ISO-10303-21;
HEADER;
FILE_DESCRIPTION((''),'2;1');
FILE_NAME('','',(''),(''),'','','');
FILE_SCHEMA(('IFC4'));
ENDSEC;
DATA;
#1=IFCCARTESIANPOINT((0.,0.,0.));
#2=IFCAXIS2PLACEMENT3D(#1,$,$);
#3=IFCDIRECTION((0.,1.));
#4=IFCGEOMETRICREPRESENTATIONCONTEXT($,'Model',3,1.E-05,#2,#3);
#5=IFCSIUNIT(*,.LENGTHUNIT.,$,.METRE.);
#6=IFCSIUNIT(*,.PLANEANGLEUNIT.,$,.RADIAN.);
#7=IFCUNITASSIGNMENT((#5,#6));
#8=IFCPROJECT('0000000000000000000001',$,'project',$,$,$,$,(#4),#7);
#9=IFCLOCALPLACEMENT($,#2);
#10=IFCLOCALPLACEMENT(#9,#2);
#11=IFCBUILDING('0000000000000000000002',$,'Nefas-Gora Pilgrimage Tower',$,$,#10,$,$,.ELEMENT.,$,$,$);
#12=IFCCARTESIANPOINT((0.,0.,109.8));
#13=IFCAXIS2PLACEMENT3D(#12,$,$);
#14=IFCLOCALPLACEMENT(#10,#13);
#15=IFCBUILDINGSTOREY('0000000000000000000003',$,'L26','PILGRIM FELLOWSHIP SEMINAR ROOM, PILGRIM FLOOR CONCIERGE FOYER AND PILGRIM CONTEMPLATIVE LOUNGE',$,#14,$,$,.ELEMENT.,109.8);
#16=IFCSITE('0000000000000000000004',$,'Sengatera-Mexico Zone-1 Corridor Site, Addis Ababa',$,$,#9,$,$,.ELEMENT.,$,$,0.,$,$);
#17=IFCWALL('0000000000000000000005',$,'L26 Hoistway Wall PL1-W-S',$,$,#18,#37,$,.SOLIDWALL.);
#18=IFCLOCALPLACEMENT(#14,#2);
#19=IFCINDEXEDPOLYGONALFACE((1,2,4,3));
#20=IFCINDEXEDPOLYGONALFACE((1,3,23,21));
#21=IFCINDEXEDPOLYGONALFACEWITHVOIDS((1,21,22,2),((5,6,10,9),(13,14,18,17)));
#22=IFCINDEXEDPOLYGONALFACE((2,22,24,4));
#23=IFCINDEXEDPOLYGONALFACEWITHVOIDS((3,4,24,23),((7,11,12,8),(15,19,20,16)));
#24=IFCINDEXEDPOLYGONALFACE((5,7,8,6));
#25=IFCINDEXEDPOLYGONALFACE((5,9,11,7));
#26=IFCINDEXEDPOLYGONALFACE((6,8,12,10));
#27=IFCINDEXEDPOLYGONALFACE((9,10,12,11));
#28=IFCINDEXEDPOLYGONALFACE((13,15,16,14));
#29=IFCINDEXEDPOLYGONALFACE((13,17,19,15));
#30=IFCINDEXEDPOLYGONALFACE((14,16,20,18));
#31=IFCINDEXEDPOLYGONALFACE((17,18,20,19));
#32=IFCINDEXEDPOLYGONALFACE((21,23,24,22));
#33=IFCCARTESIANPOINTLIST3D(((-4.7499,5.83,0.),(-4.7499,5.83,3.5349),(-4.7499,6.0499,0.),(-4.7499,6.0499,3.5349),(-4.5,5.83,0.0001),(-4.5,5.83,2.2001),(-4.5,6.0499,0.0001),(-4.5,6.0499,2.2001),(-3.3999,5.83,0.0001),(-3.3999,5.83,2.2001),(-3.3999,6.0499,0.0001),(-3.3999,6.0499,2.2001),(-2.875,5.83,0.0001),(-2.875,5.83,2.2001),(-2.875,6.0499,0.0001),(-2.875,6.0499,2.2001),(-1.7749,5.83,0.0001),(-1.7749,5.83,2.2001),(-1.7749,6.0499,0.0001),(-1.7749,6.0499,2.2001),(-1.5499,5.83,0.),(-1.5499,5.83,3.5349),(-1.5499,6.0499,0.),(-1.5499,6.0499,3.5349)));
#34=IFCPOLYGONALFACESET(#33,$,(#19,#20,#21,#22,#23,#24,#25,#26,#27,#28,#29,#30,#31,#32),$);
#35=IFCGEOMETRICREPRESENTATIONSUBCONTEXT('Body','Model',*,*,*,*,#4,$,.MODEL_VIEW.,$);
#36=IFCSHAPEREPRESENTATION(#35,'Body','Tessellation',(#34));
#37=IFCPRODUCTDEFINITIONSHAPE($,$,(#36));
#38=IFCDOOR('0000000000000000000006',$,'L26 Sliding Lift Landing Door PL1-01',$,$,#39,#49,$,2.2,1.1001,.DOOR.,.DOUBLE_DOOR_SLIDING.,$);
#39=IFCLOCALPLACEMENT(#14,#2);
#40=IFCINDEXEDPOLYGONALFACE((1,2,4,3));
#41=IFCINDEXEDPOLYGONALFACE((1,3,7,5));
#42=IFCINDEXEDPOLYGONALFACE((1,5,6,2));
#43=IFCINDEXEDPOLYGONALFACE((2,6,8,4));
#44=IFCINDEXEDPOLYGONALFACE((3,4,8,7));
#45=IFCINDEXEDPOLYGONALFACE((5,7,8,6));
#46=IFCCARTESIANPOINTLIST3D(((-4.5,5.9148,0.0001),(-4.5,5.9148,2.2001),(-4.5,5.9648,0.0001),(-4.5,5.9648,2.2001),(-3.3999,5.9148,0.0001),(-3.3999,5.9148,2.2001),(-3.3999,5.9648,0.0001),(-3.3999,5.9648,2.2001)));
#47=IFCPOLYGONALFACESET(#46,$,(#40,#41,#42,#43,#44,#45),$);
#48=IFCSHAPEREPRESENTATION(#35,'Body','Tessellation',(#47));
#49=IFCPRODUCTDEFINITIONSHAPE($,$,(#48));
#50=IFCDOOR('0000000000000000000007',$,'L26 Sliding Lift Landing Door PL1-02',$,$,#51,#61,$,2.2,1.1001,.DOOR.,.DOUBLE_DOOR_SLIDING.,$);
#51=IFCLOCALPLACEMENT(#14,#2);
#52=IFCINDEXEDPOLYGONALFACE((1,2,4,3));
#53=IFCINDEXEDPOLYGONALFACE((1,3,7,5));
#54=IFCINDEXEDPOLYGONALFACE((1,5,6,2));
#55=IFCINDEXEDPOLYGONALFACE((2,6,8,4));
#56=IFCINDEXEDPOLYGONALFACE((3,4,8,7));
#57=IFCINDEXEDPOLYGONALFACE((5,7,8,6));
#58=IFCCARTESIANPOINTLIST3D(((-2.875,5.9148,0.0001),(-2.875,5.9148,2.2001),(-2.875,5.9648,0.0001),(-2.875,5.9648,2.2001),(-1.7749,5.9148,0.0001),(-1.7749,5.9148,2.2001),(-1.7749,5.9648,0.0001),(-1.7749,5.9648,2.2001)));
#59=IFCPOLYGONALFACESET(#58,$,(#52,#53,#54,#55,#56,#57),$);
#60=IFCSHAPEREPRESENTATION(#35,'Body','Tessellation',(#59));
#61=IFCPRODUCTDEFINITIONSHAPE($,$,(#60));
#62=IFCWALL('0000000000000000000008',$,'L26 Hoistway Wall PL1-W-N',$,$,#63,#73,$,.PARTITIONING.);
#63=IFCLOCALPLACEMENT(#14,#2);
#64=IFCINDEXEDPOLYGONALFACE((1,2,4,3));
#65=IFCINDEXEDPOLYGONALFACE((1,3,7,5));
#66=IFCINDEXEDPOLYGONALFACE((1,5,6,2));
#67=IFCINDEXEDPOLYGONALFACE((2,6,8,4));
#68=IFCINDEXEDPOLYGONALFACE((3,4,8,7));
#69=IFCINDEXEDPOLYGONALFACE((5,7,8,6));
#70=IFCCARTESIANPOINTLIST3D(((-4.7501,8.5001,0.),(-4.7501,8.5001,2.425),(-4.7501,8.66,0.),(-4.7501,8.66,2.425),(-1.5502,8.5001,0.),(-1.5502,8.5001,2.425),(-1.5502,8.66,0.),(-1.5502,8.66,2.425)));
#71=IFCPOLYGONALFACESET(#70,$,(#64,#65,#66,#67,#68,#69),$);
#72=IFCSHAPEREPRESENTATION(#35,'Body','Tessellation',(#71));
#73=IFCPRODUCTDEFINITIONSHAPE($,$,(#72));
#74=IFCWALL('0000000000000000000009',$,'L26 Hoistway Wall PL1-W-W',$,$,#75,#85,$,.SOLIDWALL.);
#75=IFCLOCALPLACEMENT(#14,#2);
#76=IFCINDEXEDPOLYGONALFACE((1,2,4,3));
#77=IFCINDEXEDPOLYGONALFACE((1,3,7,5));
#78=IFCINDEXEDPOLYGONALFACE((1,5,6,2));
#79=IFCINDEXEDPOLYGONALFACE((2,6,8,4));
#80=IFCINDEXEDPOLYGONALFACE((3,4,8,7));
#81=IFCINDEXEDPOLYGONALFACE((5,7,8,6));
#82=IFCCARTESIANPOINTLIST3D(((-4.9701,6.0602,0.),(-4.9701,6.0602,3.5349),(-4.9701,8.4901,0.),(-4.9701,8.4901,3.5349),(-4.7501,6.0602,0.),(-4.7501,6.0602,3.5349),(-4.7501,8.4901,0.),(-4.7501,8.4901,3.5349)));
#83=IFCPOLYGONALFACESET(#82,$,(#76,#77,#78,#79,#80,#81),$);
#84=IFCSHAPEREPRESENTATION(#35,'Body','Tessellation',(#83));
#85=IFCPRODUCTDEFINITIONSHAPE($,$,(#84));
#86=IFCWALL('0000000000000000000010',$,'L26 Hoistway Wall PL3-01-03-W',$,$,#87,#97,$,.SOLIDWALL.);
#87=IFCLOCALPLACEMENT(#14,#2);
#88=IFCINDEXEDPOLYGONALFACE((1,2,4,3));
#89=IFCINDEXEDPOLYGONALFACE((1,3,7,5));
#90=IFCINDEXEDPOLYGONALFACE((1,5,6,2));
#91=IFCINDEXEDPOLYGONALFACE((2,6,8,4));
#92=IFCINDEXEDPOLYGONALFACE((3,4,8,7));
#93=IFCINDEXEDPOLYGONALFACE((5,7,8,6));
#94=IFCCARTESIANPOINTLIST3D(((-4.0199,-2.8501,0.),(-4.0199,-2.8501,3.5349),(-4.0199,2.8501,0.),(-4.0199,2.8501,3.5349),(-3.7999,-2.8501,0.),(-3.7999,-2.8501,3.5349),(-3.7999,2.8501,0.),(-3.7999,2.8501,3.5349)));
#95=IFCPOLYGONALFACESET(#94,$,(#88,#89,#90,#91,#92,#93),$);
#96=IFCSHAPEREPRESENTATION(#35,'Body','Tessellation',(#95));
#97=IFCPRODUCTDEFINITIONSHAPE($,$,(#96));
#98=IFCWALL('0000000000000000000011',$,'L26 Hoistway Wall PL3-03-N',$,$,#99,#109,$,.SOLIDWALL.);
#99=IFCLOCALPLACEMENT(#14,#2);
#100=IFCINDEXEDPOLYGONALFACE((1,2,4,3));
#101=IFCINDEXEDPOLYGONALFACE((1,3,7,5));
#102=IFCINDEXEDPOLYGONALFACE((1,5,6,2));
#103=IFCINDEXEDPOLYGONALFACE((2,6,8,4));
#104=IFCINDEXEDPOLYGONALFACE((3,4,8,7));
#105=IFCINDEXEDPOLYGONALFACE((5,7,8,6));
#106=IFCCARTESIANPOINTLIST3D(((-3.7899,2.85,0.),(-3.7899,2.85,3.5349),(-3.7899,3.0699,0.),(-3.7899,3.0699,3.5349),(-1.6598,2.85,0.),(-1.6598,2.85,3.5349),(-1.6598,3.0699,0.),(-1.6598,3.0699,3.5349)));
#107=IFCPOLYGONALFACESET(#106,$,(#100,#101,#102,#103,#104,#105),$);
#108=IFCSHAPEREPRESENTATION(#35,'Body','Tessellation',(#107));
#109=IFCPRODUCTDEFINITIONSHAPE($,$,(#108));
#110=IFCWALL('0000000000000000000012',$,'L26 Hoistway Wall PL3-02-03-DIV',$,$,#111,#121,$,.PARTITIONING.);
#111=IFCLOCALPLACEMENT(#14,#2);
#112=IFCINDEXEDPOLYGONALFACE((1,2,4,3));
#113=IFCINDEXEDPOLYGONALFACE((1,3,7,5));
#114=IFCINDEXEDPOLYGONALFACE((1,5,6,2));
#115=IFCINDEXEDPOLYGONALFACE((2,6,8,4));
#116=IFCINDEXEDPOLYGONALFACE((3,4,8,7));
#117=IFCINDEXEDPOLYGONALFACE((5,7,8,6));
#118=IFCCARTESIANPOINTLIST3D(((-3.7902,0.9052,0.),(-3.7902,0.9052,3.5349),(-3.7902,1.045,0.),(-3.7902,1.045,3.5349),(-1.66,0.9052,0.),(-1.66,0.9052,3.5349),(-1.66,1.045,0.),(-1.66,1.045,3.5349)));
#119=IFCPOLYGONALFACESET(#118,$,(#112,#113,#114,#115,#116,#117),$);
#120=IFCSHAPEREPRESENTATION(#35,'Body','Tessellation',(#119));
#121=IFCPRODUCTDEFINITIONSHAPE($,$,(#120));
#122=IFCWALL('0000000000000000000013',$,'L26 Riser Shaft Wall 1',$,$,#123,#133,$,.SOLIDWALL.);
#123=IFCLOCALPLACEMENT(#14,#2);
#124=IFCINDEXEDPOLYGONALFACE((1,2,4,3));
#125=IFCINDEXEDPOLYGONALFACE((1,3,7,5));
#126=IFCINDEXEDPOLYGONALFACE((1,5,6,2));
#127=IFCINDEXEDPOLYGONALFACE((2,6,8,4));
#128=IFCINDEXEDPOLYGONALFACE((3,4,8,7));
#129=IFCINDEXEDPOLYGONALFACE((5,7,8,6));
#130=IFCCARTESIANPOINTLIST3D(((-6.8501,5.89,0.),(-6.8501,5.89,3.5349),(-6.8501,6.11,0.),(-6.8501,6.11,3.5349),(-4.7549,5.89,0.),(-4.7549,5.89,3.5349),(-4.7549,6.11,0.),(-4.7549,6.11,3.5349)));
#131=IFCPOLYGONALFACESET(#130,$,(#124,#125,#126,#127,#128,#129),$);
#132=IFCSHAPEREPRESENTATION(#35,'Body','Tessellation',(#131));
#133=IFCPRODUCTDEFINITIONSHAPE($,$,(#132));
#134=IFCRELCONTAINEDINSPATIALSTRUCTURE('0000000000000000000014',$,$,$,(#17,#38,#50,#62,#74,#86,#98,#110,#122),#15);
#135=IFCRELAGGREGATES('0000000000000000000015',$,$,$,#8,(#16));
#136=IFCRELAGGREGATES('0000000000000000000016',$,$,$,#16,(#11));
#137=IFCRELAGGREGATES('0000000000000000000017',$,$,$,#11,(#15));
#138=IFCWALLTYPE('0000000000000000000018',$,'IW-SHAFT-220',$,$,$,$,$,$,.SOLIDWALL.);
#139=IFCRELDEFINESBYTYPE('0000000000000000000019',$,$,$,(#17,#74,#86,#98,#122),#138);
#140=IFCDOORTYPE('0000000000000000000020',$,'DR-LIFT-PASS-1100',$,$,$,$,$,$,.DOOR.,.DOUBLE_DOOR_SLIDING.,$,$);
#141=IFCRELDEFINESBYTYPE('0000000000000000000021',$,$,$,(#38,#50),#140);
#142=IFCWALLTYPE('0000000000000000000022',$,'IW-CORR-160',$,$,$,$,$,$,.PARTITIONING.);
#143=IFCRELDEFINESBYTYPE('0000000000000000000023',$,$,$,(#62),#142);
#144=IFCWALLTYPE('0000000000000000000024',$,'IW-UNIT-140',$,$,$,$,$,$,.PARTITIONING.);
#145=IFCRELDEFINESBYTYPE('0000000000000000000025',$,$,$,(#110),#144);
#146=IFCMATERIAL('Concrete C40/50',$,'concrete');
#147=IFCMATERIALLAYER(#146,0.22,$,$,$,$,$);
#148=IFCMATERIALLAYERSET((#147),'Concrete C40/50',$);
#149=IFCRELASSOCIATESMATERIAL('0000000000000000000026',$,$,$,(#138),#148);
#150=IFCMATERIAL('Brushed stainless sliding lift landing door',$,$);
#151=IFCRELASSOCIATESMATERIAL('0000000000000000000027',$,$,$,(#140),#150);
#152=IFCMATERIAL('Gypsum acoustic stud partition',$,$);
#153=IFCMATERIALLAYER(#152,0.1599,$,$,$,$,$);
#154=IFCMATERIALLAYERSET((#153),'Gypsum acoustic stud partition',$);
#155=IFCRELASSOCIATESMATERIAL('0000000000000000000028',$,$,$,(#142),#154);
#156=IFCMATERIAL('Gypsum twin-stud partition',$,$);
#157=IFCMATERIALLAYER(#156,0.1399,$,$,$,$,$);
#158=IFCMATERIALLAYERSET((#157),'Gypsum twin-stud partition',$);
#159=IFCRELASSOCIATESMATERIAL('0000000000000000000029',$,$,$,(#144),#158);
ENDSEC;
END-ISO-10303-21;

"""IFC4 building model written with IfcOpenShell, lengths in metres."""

from ifc_helpers import new_model, si_unit, direction, frame, frame_2d, origin, place, context, subcontext, project, spatial, rectangle, extrude, source, transform, mapped, material, layer, layer_set, type_object, element, fill, save


model = new_model("IFC4")

# Units and contexts
model_context = context("Model", 3, precision=1e-05, world=origin(), true_north=direction((0.0, 1.0)))
body_context = subcontext(model_context, "Body", "Model", "MODEL_VIEW")
ifc_project = project(units=[si_unit("LENGTHUNIT", "METRE"), si_unit("PLANEANGLEUNIT", "RADIAN")], contexts=[model_context])

# Site, building, storey
site_placement = place(None, origin())
site = spatial("IfcSite", under=ifc_project, at=site_placement, Name="Sengatera-Mexico Zone-1 Corridor Site, Addis Ababa", CompositionType="ELEMENT", RefElevation=0.0)
building_placement = place(site_placement, origin())
building = spatial("IfcBuilding", under=site, at=building_placement, Name="Nefas-Gora Pilgrimage Tower", CompositionType="ELEMENT")
storey_placement = place(building_placement, frame((0.0, 0.0, 109.8)))
storey = spatial("IfcBuildingStorey", under=building, at=storey_placement, Name="L26", Description="PILGRIM FELLOWSHIP SEMINAR ROOM, PILGRIM FLOOR CONCIERGE FOYER AND PILGRIM CONTEMPLATIVE LOUNGE", CompositionType="ELEMENT", Elevation=109.8)

# Shared definitions
ifc_material_1 = material(Name="Concrete C40/50", Category="concrete")

# Shared definitions
ifc_layer_1 = layer(ifc_material_1, 0.22)
ifc_layer_set_1 = layer_set([ifc_layer_1], Name="Concrete C40/50")
wall_type_1 = type_object("IfcWallType", Name="IW-SHAFT-220", PredefinedType="SOLIDWALL", material=ifc_layer_set_1)

# Wall, openings, doors
shared_shape_1 = source(origin(), body_context, "Body", "SweptSolid", [
    extrude(rectangle(XDim=3.2, YDim=0.22, at=frame_2d((1.6001, 0.0))), origin(), (0.0, 0.0, 1.0), 3.5349),
])
wall_1_placement = place(storey_placement, frame((-4.75, 5.9399, 0.0), z_axis=(0.0, 0.0, 1.0), x_axis=(1.0, 0.0, 0.0)))
wall_1 = element("IfcWall", 1, at=wall_1_placement, inside=storey, type_object=wall_type_1, Name="L26 Hoistway Wall PL1-W-S", PredefinedType="SOLIDWALL", context=body_context, shape_type="MappedRepresentation", body=[
    mapped(shared_shape_1, transform((0.0, 0.0, 0.0), x_axis=(1.0, 0.0, 0.0), y_axis=(0.0, 1.0, 0.0), z_axis=(0.0, 0.0, 1.0), scale=1.0)),
])
opening_1_placement = place(wall_1_placement, frame((0.25, 0.0, 0.0)))
opening_1 = element("IfcOpeningElement", 2, at=opening_1_placement, cuts=wall_1, PredefinedType="OPENING", context=body_context, shape_type="SweptSolid", body=[
    extrude(rectangle(XDim=1.1001, YDim=2.2, at=frame_2d((0.55, 1.1001))), frame((0.0, 0.1199, 0.0), z_axis=(0.0, -1.0, 0.0), x_axis=(1.0, 0.0, 0.0)), (0.0, 0.0, 1.0), 0.24),
])
opening_2_placement = place(wall_1_placement, frame((1.875, 0.0, 0.0)))
opening_2 = element("IfcOpeningElement", 3, at=opening_2_placement, cuts=wall_1, PredefinedType="OPENING", context=body_context, shape_type="SweptSolid", body=[
    extrude(rectangle(XDim=1.1001, YDim=2.2, at=frame_2d((0.55, 1.1001))), frame((0.0, 0.1199, 0.0), z_axis=(0.0, -1.0, 0.0), x_axis=(1.0, 0.0, 0.0)), (0.0, 0.0, 1.0), 0.24),
])
ifc_material_2 = material(Name="Brushed stainless sliding lift landing door")
door_type_1 = type_object("IfcDoorType", Name="DR-LIFT-PASS-1100", OperationType="DOUBLE_DOOR_SLIDING", PredefinedType="DOOR", material=ifc_material_2)
shared_shape_2 = source(origin(), body_context, "Body", "SweptSolid", [
    extrude(rectangle(XDim=1.1001, YDim=2.2, at=frame_2d((0.55, 1.1001))), frame((0.0, 0.0249, 0.0), z_axis=(0.0, -1.0, 0.0), x_axis=(1.0, 0.0, 0.0)), (0.0, 0.0, 1.0), 0.05),
])
door_1_placement = place(opening_1_placement, origin())
door_1 = element("IfcDoor", 4, at=door_1_placement, inside=storey, type_object=door_type_1, Name="L26 Sliding Lift Landing Door PL1-01", OperationType="DOUBLE_DOOR_SLIDING", OverallHeight=2.2, OverallWidth=1.1001, PredefinedType="DOOR", context=body_context, shape_type="MappedRepresentation", body=[
    mapped(shared_shape_2, transform((0.0, 0.0, 0.0), x_axis=(1.0, 0.0, 0.0), y_axis=(0.0, 1.0, 0.0), z_axis=(0.0, 0.0, 1.0), scale=1.0)),
])
fill(opening_1, door_1)
door_2_placement = place(opening_2_placement, origin())
door_2 = element("IfcDoor", 5, at=door_2_placement, inside=storey, type_object=door_type_1, Name="L26 Sliding Lift Landing Door PL1-02", OperationType="DOUBLE_DOOR_SLIDING", OverallHeight=2.2, OverallWidth=1.1001, PredefinedType="DOOR", context=body_context, shape_type="MappedRepresentation", body=[
    mapped(shared_shape_2, transform((0.0, 0.0, 0.0), x_axis=(1.0, 0.0, 0.0), y_axis=(0.0, 1.0, 0.0), z_axis=(0.0, 0.0, 1.0), scale=1.0)),
])
fill(opening_2, door_2)

# Walls
ifc_material_3 = material(Name="Gypsum acoustic stud partition")
ifc_layer_2 = layer(ifc_material_3, 0.1599)
ifc_layer_set_2 = layer_set([ifc_layer_2], Name="Gypsum acoustic stud partition")
wall_type_2 = type_object("IfcWallType", Name="IW-CORR-160", PredefinedType="PARTITIONING", material=ifc_layer_set_2)
shared_shape_3 = source(origin(), body_context, "Body", "SweptSolid", [
    extrude(rectangle(XDim=3.2, YDim=0.1599, at=frame_2d((1.6001, 0.0))), origin(), (0.0, 0.0, 1.0), 2.425),
])
wall_2_placement = place(storey_placement, frame((-1.55, 8.5801, 0.0), z_axis=(0.0, 0.0, 1.0), x_axis=(-1.0, 0.0, 0.0)))
element("IfcWall", 6, at=wall_2_placement, inside=storey, type_object=wall_type_2, Name="L26 Hoistway Wall PL1-W-N", PredefinedType="PARTITIONING", context=body_context, shape_type="MappedRepresentation", body=[
    mapped(shared_shape_3, transform((0.0, 0.0, 0.0), x_axis=(1.0, 0.0, 0.0), y_axis=(0.0, 1.0, 0.0), z_axis=(0.0, 0.0, 1.0), scale=1.0)),
])
shared_shape_4 = source(origin(), body_context, "Body", "SweptSolid", [
    extrude(rectangle(XDim=2.4299, YDim=0.22, at=frame_2d((1.2148, 0.0))), origin(), (0.0, 0.0, 1.0), 3.5349),
])
for number, where, z_axis, x_axis, name in (
    (7, (-4.8601, 8.49, 0.0), (0.0, 0.0, 1.0), (0.0, -1.0, 0.0), "L26 Hoistway Wall PL1-W-W"),
):
    element("IfcWall", number, at=place(storey_placement, frame(where, z_axis=z_axis, x_axis=x_axis)), inside=storey, type_object=wall_type_1, Name=name, PredefinedType="SOLIDWALL", context=body_context, shape_type="MappedRepresentation", body=[
        mapped(shared_shape_4, transform((0.0, 0.0, 0.0), x_axis=(1.0, 0.0, 0.0), y_axis=(0.0, 1.0, 0.0), z_axis=(0.0, 0.0, 1.0), scale=1.0)),
    ])
ifc_material_4 = material(Name="Gypsum twin-stud partition")
ifc_layer_3 = layer(ifc_material_4, 0.1399)
ifc_layer_set_3 = layer_set([ifc_layer_3], Name="Gypsum twin-stud partition")
wall_type_3 = type_object("IfcWallType", Name="IW-UNIT-140", PredefinedType="PARTITIONING", material=ifc_layer_set_3)
shared_shape_5 = source(origin(), body_context, "Body", "SweptSolid", [
    extrude(rectangle(XDim=5.7002, YDim=0.22, at=frame_2d((2.8501, 0.0))), origin(), (0.0, 0.0, 1.0), 3.5349),
])
wall_3_placement = place(storey_placement, frame((-3.9099, 2.8501, 0.0), z_axis=(0.0, 0.0, 1.0), x_axis=(0.0, -1.0, 0.0)))
element("IfcWall", 8, at=wall_3_placement, inside=storey, type_object=wall_type_1, Name="L26 Hoistway Wall PL3-01-03-W", PredefinedType="SOLIDWALL", context=body_context, shape_type="MappedRepresentation", body=[
    mapped(shared_shape_5, transform((0.0, 0.0, 0.0), x_axis=(1.0, 0.0, 0.0), y_axis=(0.0, 1.0, 0.0), z_axis=(0.0, 0.0, 1.0), scale=1.0)),
])
shared_shape_6 = source(origin(), body_context, "Body", "SweptSolid", [
    extrude(rectangle(XDim=2.1301, YDim=0.22, at=frame_2d((1.0649, 0.0))), origin(), (0.0, 0.0, 1.0), 3.5349),
])
wall_4_placement = place(storey_placement, frame((-1.6599, 2.96, 0.0), z_axis=(0.0, 0.0, 1.0), x_axis=(-1.0, 0.0, 0.0)))
element("IfcWall", 9, at=wall_4_placement, inside=storey, type_object=wall_type_1, Name="L26 Hoistway Wall PL3-03-N", PredefinedType="SOLIDWALL", context=body_context, shape_type="MappedRepresentation", body=[
    mapped(shared_shape_6, transform((0.0, 0.0, 0.0), x_axis=(1.0, 0.0, 0.0), y_axis=(0.0, 1.0, 0.0), z_axis=(0.0, 0.0, 1.0), scale=1.0)),
])
shared_shape_7 = source(origin(), body_context, "Body", "SweptSolid", [
    extrude(rectangle(XDim=2.1301, YDim=0.1399, at=frame_2d((1.0649, 0.0))), origin(), (0.0, 0.0, 1.0), 3.5349),
])
wall_5_placement = place(storey_placement, frame((-3.79, 0.9751, 0.0), z_axis=(0.0, 0.0, 1.0), x_axis=(1.0, 0.0, 0.0)))
element("IfcWall", 10, at=wall_5_placement, inside=storey, type_object=wall_type_3, Name="L26 Hoistway Wall PL3-02-03-DIV", PredefinedType="PARTITIONING", context=body_context, shape_type="MappedRepresentation", body=[
    mapped(shared_shape_7, transform((0.0, 0.0, 0.0), x_axis=(1.0, 0.0, 0.0), y_axis=(0.0, 1.0, 0.0), z_axis=(0.0, 0.0, 1.0), scale=1.0)),
])
shared_shape_8 = source(origin(), body_context, "Body", "SweptSolid", [
    extrude(rectangle(XDim=2.0952, YDim=0.22, at=frame_2d((1.0476, 0.0))), origin(), (0.0, 0.0, 1.0), 3.5349),
])
wall_6_placement = place(storey_placement, frame((-6.8501, 6.0, 0.0), z_axis=(0.0, 0.0, 1.0), x_axis=(1.0, 0.0, 0.0)))
element("IfcWall", 11, at=wall_6_placement, inside=storey, type_object=wall_type_1, Name="L26 Riser Shaft Wall 1", PredefinedType="SOLIDWALL", context=body_context, shape_type="MappedRepresentation", body=[
    mapped(shared_shape_8, transform((0.0, 0.0, 0.0), x_axis=(1.0, 0.0, 0.0), y_axis=(0.0, 1.0, 0.0), z_axis=(0.0, 0.0, 1.0), scale=1.0)),
])

save(model, "model.ifc")
